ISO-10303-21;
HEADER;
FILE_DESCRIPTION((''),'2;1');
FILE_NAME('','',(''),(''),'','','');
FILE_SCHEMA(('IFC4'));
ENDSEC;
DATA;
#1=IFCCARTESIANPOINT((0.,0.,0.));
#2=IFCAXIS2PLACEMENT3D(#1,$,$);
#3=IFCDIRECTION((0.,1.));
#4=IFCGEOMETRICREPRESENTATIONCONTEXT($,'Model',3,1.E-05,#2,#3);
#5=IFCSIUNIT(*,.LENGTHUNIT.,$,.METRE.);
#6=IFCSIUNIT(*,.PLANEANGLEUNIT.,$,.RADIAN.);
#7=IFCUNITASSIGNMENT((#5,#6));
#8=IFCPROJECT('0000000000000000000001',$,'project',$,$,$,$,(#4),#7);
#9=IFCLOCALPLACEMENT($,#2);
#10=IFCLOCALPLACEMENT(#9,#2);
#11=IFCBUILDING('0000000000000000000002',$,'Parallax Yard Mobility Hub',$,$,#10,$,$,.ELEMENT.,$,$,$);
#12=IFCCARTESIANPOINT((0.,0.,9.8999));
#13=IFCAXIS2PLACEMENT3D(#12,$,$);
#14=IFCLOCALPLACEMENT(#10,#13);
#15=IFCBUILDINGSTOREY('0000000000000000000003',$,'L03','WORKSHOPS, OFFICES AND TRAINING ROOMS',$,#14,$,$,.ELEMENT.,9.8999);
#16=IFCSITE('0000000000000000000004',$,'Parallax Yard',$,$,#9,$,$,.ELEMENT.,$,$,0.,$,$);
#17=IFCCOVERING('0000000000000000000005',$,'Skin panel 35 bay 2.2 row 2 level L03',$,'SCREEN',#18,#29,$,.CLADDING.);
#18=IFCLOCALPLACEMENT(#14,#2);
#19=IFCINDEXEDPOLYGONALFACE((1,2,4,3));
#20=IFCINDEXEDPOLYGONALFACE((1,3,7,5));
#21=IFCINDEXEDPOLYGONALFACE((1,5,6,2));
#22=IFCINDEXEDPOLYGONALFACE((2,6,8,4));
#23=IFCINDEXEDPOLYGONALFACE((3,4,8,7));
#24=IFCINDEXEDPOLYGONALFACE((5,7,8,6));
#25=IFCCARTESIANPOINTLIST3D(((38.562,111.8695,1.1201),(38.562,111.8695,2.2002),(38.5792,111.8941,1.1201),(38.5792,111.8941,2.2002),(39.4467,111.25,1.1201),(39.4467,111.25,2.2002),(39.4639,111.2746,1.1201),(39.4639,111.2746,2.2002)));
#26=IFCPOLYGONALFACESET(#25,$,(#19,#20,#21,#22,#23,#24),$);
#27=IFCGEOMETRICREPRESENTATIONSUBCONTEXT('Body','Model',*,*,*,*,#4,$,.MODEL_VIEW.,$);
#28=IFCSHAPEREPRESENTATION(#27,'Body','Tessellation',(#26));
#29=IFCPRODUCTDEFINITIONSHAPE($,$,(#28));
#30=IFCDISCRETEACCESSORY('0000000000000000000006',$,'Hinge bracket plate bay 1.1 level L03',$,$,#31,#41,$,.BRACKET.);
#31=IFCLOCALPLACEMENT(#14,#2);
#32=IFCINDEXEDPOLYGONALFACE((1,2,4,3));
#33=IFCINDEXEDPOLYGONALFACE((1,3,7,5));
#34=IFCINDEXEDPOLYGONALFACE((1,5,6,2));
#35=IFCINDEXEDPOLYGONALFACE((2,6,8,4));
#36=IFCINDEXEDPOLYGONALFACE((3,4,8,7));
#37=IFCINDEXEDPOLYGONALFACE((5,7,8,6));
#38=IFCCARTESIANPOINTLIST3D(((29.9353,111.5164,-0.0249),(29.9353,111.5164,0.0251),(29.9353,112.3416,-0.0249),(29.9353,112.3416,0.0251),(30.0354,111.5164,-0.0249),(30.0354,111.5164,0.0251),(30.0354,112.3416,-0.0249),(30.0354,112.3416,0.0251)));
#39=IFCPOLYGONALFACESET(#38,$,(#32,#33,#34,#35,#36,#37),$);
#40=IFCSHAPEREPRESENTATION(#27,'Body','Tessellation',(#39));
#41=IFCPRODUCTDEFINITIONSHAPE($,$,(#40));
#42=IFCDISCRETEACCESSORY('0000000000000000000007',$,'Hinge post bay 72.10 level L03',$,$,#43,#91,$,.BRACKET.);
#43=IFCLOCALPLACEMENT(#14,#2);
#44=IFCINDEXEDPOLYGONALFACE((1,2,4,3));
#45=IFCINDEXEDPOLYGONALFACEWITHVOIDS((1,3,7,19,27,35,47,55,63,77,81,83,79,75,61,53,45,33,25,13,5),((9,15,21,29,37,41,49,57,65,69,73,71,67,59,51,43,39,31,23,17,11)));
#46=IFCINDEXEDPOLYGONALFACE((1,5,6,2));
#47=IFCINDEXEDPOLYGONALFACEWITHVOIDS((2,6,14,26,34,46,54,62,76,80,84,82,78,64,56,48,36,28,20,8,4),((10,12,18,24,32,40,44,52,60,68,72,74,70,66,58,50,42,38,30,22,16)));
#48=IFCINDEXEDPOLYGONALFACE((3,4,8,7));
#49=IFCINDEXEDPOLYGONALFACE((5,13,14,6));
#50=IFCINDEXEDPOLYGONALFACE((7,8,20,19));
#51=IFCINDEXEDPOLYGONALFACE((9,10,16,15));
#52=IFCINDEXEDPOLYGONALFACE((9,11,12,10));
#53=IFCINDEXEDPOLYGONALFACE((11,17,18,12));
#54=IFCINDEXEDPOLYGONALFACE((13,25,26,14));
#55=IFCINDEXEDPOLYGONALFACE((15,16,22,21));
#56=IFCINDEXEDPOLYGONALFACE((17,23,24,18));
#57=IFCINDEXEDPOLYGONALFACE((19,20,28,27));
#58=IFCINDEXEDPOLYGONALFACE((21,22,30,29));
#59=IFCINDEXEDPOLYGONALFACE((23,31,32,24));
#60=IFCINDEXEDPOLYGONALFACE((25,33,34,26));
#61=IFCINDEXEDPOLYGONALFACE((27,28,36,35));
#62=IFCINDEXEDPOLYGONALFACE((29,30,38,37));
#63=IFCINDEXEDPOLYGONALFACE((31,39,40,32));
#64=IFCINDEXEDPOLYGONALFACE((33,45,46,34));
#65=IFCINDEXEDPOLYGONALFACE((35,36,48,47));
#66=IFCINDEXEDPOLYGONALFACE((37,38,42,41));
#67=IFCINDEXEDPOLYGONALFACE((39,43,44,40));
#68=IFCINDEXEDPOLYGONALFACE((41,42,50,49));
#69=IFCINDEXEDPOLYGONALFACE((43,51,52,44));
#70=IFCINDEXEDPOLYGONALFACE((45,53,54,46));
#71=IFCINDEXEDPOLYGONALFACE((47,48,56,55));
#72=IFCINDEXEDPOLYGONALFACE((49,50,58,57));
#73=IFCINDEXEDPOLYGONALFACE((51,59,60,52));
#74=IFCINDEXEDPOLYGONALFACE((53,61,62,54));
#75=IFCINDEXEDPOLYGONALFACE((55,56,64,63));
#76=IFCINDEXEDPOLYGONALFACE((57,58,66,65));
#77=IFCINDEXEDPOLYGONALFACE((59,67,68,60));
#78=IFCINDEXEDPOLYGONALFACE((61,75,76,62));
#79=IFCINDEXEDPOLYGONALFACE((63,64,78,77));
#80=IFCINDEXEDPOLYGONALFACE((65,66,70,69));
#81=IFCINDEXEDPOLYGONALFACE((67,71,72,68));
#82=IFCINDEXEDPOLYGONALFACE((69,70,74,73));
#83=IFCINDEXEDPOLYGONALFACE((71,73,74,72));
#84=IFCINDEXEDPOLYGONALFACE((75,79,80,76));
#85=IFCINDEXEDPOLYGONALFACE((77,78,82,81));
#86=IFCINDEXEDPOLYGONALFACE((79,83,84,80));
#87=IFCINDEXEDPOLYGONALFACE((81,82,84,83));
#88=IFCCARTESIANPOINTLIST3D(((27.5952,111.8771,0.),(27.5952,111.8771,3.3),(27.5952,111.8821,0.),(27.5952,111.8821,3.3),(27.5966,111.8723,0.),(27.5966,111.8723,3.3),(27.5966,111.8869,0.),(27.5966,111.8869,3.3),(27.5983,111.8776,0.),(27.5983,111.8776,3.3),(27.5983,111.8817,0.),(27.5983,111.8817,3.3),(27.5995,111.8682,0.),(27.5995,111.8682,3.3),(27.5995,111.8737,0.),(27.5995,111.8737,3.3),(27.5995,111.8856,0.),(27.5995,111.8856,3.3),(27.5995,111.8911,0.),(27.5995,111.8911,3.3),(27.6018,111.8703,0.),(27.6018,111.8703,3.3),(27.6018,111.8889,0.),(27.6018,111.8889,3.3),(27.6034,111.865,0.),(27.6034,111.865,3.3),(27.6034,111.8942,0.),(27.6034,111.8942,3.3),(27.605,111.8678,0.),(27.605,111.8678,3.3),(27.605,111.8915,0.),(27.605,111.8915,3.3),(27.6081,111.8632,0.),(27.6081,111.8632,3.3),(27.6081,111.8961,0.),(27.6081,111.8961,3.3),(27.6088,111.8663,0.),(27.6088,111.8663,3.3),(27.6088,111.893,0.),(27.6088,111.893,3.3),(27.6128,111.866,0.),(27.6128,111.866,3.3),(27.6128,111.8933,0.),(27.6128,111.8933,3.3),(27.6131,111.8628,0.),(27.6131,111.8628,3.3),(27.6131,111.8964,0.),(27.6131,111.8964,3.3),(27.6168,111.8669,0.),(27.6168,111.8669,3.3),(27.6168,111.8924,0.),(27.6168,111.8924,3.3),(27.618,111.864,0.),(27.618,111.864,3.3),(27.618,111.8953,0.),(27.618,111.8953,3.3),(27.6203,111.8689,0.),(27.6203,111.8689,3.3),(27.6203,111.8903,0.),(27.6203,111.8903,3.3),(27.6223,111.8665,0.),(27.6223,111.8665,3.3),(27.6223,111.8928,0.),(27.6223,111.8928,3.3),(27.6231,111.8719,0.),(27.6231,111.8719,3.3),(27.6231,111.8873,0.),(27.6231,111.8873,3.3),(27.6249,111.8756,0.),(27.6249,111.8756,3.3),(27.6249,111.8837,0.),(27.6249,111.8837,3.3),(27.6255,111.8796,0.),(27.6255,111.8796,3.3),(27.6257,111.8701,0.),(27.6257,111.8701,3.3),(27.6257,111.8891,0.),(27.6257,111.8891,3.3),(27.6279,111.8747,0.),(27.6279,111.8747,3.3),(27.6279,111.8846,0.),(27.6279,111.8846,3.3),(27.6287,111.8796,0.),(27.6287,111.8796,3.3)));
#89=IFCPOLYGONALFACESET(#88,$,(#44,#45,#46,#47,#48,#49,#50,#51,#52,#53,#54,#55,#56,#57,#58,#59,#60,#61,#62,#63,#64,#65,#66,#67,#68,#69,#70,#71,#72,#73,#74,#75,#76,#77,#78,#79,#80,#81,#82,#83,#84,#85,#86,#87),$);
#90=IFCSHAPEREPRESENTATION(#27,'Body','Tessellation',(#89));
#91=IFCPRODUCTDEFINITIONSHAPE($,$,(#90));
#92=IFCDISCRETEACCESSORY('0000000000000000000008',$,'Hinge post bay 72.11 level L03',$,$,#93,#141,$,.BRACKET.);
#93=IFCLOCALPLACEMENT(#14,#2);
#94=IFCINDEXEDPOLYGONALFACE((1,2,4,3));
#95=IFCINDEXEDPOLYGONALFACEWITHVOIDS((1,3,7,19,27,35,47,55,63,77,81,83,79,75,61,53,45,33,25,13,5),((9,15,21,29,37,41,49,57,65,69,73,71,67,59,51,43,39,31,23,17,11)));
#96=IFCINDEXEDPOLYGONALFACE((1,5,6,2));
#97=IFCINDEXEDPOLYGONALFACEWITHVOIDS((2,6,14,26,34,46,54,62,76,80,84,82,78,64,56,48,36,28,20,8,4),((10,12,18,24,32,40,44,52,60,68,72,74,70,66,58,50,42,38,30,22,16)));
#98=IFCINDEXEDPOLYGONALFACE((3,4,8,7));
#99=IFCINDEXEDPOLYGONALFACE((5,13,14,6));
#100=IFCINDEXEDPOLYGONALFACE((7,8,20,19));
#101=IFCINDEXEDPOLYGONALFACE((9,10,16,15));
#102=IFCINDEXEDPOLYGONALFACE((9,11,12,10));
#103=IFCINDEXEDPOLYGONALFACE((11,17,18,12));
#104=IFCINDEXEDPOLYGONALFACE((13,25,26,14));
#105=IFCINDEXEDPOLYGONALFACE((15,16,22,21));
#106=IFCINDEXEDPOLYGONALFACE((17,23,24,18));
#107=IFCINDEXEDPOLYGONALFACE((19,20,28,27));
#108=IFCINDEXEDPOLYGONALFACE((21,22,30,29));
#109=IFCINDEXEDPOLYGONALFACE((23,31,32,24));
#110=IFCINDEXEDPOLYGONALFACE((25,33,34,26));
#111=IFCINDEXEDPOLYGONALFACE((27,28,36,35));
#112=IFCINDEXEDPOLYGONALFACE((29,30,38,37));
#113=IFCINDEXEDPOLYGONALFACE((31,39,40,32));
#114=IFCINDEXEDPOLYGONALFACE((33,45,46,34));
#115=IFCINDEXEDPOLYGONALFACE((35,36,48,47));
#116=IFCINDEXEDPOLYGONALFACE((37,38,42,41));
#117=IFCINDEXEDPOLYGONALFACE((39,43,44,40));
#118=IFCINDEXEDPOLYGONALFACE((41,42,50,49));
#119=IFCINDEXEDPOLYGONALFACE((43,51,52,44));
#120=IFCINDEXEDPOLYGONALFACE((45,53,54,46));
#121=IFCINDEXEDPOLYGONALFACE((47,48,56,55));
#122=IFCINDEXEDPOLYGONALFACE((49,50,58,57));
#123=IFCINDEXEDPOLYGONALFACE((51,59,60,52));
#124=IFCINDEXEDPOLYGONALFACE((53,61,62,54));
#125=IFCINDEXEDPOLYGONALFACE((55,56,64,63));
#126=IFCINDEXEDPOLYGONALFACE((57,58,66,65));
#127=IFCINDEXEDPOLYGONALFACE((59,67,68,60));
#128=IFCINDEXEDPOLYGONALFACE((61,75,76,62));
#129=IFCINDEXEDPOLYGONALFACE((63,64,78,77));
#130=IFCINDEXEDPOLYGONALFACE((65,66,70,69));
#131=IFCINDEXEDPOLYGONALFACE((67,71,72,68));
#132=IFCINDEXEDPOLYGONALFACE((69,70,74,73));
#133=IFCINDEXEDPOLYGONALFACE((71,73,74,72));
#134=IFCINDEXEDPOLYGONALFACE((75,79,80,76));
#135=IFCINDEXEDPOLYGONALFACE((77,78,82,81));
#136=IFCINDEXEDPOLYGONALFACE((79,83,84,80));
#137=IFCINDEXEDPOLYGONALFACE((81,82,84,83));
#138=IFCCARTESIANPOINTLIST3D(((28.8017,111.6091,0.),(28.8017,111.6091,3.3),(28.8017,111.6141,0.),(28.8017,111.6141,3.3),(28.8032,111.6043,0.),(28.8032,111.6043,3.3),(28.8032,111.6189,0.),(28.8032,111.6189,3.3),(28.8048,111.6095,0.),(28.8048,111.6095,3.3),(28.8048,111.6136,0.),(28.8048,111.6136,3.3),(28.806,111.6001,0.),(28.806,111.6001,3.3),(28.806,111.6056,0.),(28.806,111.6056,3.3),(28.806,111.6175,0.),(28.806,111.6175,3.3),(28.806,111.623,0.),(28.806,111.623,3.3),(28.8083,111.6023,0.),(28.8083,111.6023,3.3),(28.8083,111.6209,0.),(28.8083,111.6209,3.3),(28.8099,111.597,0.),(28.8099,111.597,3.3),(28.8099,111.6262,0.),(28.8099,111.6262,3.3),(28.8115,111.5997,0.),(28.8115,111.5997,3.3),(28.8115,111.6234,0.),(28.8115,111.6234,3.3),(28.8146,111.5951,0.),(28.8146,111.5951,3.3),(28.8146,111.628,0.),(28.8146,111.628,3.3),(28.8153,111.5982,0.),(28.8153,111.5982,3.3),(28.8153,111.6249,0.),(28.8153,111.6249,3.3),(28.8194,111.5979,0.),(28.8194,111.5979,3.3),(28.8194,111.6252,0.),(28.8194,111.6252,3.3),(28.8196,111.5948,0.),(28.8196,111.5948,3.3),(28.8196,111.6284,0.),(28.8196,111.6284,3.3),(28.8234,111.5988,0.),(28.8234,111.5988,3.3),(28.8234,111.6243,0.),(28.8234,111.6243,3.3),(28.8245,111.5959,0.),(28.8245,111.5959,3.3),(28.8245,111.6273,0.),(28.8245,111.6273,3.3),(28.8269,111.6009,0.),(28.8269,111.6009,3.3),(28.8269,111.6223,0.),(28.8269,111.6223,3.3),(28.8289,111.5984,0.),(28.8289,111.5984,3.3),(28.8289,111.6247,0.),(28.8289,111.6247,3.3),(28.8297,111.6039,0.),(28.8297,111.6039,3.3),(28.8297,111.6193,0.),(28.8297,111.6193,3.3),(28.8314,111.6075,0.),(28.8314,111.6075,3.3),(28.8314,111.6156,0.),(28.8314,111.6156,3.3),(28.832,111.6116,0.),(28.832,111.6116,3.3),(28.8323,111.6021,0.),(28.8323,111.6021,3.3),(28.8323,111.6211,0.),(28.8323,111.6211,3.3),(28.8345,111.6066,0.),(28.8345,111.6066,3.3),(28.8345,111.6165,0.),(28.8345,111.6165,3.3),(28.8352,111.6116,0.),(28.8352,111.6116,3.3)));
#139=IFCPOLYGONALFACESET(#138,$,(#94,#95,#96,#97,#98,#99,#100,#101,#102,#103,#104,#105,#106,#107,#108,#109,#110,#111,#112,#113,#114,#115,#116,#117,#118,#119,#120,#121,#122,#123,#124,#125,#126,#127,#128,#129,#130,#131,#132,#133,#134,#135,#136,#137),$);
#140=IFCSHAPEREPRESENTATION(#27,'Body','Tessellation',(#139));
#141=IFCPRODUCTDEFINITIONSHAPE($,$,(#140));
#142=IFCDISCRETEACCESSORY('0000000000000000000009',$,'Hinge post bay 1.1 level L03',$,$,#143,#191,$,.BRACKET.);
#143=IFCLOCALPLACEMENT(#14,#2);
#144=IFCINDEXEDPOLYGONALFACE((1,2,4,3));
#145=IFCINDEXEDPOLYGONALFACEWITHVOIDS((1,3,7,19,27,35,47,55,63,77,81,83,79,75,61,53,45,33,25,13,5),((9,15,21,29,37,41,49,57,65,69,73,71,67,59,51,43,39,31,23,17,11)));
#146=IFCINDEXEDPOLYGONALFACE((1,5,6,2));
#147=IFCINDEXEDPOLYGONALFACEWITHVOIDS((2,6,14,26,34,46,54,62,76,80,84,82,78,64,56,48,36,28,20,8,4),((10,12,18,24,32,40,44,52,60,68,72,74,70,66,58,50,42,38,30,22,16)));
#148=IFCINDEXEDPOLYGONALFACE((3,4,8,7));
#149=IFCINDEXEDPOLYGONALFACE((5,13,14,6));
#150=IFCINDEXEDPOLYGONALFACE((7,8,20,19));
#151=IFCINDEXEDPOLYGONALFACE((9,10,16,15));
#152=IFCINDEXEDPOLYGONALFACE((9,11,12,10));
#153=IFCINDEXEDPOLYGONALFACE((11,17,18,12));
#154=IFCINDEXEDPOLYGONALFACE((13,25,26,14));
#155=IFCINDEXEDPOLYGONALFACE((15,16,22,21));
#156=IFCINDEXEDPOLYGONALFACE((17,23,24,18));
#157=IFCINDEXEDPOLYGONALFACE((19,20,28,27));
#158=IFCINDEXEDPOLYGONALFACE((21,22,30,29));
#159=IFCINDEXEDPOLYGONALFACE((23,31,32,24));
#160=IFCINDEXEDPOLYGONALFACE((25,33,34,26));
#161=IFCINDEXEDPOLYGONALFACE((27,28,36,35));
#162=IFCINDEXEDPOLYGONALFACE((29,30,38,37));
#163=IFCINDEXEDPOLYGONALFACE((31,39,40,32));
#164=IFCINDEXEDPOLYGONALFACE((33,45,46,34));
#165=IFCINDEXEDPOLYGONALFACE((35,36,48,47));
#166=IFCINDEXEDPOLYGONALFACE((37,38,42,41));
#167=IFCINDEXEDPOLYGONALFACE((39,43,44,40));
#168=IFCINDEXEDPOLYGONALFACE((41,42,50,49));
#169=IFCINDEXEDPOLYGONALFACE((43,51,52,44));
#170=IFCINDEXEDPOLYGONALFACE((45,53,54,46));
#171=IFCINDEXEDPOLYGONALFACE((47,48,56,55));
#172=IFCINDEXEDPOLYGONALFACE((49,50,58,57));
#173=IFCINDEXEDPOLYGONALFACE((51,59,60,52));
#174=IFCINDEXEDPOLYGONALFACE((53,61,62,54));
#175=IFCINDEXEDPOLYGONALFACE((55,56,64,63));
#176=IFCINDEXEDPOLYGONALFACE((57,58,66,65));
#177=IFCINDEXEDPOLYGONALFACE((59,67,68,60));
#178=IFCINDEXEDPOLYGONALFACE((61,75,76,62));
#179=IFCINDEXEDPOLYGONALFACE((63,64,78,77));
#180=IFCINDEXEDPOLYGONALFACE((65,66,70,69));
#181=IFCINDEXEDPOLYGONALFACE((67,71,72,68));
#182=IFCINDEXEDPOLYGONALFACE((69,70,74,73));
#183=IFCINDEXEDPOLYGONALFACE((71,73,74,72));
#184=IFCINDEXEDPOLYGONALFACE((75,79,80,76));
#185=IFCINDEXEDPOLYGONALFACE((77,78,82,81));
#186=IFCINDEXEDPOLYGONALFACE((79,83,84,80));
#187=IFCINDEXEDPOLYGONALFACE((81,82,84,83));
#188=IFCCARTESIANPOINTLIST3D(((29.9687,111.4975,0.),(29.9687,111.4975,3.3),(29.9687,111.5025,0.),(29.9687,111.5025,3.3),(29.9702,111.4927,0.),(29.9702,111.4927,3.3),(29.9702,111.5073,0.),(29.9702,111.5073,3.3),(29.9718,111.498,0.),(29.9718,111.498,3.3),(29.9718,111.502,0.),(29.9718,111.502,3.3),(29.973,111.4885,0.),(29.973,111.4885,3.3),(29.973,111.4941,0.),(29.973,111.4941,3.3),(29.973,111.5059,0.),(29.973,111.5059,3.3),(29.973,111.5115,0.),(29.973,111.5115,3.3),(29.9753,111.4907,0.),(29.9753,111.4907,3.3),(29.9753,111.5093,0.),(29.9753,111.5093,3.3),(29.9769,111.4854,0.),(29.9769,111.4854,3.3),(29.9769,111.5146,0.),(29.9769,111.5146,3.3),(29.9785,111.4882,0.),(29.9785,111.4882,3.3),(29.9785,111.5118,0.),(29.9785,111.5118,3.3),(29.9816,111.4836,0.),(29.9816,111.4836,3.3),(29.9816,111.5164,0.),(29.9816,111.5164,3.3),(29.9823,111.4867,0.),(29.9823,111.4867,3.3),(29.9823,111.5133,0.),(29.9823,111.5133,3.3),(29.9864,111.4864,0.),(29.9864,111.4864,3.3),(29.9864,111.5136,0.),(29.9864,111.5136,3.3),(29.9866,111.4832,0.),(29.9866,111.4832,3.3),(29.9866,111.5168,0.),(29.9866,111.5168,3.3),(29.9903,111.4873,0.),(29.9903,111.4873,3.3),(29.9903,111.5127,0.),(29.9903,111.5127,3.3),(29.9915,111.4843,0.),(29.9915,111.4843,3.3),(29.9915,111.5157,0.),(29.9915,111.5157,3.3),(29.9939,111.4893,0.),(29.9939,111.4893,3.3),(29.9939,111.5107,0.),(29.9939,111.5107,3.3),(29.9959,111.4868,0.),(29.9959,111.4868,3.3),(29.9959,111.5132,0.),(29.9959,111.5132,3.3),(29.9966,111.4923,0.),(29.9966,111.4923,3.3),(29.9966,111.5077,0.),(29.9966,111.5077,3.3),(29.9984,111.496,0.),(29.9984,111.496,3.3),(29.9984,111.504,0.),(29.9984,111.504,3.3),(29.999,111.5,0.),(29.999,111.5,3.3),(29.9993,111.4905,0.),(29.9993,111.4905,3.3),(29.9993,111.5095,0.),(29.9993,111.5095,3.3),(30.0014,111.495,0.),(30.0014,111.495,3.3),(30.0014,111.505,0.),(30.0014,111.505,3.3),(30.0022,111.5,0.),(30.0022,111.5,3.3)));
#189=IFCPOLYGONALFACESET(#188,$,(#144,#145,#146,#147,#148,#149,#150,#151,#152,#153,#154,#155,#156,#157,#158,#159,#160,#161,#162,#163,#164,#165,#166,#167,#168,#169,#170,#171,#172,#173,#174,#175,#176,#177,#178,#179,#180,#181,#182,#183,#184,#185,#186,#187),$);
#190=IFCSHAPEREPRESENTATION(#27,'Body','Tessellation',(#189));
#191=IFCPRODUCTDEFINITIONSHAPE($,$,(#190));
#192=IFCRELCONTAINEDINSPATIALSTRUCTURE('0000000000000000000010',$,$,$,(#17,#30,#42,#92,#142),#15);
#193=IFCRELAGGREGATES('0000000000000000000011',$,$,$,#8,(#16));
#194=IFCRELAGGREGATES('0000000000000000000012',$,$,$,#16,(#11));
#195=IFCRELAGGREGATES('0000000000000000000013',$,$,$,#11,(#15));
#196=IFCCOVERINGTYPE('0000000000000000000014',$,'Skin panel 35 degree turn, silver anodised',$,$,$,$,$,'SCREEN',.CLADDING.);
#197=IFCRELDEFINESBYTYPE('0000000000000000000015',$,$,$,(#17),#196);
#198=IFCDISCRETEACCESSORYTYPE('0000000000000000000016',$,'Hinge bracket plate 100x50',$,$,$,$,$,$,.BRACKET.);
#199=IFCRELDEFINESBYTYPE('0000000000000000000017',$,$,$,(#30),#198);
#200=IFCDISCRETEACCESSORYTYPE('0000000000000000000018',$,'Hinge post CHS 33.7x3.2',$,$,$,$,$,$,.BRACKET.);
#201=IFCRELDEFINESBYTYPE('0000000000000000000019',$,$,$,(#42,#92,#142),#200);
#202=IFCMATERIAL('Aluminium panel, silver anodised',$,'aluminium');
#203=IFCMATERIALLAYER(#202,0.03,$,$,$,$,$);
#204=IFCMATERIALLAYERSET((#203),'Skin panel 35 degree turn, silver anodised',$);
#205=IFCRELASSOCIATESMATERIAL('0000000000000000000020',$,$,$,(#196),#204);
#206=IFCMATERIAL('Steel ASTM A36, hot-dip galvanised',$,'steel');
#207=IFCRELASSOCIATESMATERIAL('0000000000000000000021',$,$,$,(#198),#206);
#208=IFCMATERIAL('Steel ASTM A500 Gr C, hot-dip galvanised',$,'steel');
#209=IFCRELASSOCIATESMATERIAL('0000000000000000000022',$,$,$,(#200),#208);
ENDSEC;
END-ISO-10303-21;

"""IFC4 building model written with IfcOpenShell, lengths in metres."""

from ifc_helpers import new_model, si_unit, direction, frame, origin, origin_2d, place, context, subcontext, project, spatial, rectangle, hollow_circle, extrude, material, layer, layer_set, material_profile, profile_set, type_object, element, save


model = new_model("IFC4")

# Units and contexts
model_context = context("Model", 3, precision=1e-05, world=origin(), true_north=direction((0.0, 1.0)))
body_context = subcontext(model_context, "Body", "Model", "MODEL_VIEW")
ifc_project = project(units=[si_unit("LENGTHUNIT", "METRE"), si_unit("PLANEANGLEUNIT", "RADIAN")], contexts=[model_context])

# Site, building, storey
site_placement = place(None, origin())
site = spatial("IfcSite", under=ifc_project, at=site_placement, Name="Parallax Yard", CompositionType="ELEMENT", RefElevation=0.0)
building_placement = place(site_placement, origin())
building = spatial("IfcBuilding", under=site, at=building_placement, Name="Parallax Yard Mobility Hub", CompositionType="ELEMENT")
storey_placement = place(building_placement, frame((0.0, 0.0, 9.8999)))
storey = spatial("IfcBuildingStorey", under=building, at=storey_placement, Name="L03", Description="WORKSHOPS, OFFICES AND TRAINING ROOMS", CompositionType="ELEMENT", Elevation=9.8999)

# Covering
ifc_material_1 = material(Name="Aluminium panel, silver anodised", Category="aluminium")
ifc_layer_1 = layer(ifc_material_1, 0.03)
ifc_layer_set_1 = layer_set([ifc_layer_1], Name="Skin panel 35 degree turn, silver anodised")
covering_type_1 = type_object("IfcCoveringType", Name="Skin panel 35 degree turn, silver anodised", ElementType="SCREEN", PredefinedType="CLADDING", material=ifc_layer_set_1)
for number, where, z_axis, x_axis, name in (
    (1, (39.0129, 111.572, 1.1201), (0.0, 0.0, 1.0), (0.819152, -0.573576, 0.0), "Skin panel 35 bay 2.2 row 2 level L03"),
):
    element("IfcCovering", number, at=place(storey_placement, frame(where, z_axis=z_axis, x_axis=x_axis)), inside=storey, type_object=covering_type_1, Name=name, ObjectType="SCREEN", PredefinedType="CLADDING", context=body_context, shape_type="SweptSolid", body=[
        extrude(rectangle(XDim=1.0801, YDim=0.03, at=origin_2d()), origin(), (0.0, 0.0, 1.0), 1.0801),
    ])

# Discrete accessories
ifc_material_2 = material(Name="Steel ASTM A36, hot-dip galvanised", Category="steel")
discrete_accessory_type_1 = type_object("IfcDiscreteAccessoryType", Name="Hinge bracket plate 100x50", PredefinedType="BRACKET", material=ifc_material_2)
discrete_accessory_placement = place(storey_placement, frame((29.9854, 111.929, -0.0249), z_axis=(0.0, 0.0, 1.0), x_axis=(0.0, -1.0, 0.0)))
element("IfcDiscreteAccessory", 2, at=discrete_accessory_placement, inside=storey, type_object=discrete_accessory_type_1, Name="Hinge bracket plate bay 1.1 level L03", PredefinedType="BRACKET", context=body_context, shape_type="SweptSolid", body=[
    extrude(rectangle(XDim=0.8252, YDim=0.1001, at=origin_2d()), origin(), (0.0, 0.0, 1.0), 0.05),
])
ifc_material_3 = material(Name="Steel ASTM A500 Gr C, hot-dip galvanised", Category="steel")
ifc_material_profile = material_profile(ifc_material_3, hollow_circle(Radius=0.0168, WallThickness=0.0032, at=origin_2d()), Name="CHS 33.7x3.2")
ifc_profile_set = profile_set([ifc_material_profile], Name="Steel ASTM A500 Gr C, hot-dip galvanised")
discrete_accessory_type_2 = type_object("IfcDiscreteAccessoryType", Name="Hinge post CHS 33.7x3.2", PredefinedType="BRACKET", material=ifc_profile_set)
for number, where, z_axis, x_axis, name in (
    (3, (27.6118, 111.8796, 0.0), (0.0, 0.0, 1.0), (1.0, 0.0, 0.0), "Hinge post bay 72.10 level L03"),
    (4, (28.8184, 111.6116, 0.0), (0.0, 0.0, 1.0), (1.0, 0.0, 0.0), "Hinge post bay 72.11 level L03"),
    (5, (29.9854, 111.5, 0.0), (0.0, 0.0, 1.0), (1.0, 0.0, 0.0), "Hinge post bay 1.1 level L03"),
):
    element("IfcDiscreteAccessory", number, at=place(storey_placement, frame(where, z_axis=z_axis, x_axis=x_axis)), inside=storey, type_object=discrete_accessory_type_2, Name=name, PredefinedType="BRACKET", context=body_context, shape_type="SweptSolid", body=[
        extrude(hollow_circle(Radius=0.0168, WallThickness=0.0032, at=origin_2d()), origin(), (0.0, 0.0, 1.0), 3.3),
    ])

save(model, "model.ifc")
